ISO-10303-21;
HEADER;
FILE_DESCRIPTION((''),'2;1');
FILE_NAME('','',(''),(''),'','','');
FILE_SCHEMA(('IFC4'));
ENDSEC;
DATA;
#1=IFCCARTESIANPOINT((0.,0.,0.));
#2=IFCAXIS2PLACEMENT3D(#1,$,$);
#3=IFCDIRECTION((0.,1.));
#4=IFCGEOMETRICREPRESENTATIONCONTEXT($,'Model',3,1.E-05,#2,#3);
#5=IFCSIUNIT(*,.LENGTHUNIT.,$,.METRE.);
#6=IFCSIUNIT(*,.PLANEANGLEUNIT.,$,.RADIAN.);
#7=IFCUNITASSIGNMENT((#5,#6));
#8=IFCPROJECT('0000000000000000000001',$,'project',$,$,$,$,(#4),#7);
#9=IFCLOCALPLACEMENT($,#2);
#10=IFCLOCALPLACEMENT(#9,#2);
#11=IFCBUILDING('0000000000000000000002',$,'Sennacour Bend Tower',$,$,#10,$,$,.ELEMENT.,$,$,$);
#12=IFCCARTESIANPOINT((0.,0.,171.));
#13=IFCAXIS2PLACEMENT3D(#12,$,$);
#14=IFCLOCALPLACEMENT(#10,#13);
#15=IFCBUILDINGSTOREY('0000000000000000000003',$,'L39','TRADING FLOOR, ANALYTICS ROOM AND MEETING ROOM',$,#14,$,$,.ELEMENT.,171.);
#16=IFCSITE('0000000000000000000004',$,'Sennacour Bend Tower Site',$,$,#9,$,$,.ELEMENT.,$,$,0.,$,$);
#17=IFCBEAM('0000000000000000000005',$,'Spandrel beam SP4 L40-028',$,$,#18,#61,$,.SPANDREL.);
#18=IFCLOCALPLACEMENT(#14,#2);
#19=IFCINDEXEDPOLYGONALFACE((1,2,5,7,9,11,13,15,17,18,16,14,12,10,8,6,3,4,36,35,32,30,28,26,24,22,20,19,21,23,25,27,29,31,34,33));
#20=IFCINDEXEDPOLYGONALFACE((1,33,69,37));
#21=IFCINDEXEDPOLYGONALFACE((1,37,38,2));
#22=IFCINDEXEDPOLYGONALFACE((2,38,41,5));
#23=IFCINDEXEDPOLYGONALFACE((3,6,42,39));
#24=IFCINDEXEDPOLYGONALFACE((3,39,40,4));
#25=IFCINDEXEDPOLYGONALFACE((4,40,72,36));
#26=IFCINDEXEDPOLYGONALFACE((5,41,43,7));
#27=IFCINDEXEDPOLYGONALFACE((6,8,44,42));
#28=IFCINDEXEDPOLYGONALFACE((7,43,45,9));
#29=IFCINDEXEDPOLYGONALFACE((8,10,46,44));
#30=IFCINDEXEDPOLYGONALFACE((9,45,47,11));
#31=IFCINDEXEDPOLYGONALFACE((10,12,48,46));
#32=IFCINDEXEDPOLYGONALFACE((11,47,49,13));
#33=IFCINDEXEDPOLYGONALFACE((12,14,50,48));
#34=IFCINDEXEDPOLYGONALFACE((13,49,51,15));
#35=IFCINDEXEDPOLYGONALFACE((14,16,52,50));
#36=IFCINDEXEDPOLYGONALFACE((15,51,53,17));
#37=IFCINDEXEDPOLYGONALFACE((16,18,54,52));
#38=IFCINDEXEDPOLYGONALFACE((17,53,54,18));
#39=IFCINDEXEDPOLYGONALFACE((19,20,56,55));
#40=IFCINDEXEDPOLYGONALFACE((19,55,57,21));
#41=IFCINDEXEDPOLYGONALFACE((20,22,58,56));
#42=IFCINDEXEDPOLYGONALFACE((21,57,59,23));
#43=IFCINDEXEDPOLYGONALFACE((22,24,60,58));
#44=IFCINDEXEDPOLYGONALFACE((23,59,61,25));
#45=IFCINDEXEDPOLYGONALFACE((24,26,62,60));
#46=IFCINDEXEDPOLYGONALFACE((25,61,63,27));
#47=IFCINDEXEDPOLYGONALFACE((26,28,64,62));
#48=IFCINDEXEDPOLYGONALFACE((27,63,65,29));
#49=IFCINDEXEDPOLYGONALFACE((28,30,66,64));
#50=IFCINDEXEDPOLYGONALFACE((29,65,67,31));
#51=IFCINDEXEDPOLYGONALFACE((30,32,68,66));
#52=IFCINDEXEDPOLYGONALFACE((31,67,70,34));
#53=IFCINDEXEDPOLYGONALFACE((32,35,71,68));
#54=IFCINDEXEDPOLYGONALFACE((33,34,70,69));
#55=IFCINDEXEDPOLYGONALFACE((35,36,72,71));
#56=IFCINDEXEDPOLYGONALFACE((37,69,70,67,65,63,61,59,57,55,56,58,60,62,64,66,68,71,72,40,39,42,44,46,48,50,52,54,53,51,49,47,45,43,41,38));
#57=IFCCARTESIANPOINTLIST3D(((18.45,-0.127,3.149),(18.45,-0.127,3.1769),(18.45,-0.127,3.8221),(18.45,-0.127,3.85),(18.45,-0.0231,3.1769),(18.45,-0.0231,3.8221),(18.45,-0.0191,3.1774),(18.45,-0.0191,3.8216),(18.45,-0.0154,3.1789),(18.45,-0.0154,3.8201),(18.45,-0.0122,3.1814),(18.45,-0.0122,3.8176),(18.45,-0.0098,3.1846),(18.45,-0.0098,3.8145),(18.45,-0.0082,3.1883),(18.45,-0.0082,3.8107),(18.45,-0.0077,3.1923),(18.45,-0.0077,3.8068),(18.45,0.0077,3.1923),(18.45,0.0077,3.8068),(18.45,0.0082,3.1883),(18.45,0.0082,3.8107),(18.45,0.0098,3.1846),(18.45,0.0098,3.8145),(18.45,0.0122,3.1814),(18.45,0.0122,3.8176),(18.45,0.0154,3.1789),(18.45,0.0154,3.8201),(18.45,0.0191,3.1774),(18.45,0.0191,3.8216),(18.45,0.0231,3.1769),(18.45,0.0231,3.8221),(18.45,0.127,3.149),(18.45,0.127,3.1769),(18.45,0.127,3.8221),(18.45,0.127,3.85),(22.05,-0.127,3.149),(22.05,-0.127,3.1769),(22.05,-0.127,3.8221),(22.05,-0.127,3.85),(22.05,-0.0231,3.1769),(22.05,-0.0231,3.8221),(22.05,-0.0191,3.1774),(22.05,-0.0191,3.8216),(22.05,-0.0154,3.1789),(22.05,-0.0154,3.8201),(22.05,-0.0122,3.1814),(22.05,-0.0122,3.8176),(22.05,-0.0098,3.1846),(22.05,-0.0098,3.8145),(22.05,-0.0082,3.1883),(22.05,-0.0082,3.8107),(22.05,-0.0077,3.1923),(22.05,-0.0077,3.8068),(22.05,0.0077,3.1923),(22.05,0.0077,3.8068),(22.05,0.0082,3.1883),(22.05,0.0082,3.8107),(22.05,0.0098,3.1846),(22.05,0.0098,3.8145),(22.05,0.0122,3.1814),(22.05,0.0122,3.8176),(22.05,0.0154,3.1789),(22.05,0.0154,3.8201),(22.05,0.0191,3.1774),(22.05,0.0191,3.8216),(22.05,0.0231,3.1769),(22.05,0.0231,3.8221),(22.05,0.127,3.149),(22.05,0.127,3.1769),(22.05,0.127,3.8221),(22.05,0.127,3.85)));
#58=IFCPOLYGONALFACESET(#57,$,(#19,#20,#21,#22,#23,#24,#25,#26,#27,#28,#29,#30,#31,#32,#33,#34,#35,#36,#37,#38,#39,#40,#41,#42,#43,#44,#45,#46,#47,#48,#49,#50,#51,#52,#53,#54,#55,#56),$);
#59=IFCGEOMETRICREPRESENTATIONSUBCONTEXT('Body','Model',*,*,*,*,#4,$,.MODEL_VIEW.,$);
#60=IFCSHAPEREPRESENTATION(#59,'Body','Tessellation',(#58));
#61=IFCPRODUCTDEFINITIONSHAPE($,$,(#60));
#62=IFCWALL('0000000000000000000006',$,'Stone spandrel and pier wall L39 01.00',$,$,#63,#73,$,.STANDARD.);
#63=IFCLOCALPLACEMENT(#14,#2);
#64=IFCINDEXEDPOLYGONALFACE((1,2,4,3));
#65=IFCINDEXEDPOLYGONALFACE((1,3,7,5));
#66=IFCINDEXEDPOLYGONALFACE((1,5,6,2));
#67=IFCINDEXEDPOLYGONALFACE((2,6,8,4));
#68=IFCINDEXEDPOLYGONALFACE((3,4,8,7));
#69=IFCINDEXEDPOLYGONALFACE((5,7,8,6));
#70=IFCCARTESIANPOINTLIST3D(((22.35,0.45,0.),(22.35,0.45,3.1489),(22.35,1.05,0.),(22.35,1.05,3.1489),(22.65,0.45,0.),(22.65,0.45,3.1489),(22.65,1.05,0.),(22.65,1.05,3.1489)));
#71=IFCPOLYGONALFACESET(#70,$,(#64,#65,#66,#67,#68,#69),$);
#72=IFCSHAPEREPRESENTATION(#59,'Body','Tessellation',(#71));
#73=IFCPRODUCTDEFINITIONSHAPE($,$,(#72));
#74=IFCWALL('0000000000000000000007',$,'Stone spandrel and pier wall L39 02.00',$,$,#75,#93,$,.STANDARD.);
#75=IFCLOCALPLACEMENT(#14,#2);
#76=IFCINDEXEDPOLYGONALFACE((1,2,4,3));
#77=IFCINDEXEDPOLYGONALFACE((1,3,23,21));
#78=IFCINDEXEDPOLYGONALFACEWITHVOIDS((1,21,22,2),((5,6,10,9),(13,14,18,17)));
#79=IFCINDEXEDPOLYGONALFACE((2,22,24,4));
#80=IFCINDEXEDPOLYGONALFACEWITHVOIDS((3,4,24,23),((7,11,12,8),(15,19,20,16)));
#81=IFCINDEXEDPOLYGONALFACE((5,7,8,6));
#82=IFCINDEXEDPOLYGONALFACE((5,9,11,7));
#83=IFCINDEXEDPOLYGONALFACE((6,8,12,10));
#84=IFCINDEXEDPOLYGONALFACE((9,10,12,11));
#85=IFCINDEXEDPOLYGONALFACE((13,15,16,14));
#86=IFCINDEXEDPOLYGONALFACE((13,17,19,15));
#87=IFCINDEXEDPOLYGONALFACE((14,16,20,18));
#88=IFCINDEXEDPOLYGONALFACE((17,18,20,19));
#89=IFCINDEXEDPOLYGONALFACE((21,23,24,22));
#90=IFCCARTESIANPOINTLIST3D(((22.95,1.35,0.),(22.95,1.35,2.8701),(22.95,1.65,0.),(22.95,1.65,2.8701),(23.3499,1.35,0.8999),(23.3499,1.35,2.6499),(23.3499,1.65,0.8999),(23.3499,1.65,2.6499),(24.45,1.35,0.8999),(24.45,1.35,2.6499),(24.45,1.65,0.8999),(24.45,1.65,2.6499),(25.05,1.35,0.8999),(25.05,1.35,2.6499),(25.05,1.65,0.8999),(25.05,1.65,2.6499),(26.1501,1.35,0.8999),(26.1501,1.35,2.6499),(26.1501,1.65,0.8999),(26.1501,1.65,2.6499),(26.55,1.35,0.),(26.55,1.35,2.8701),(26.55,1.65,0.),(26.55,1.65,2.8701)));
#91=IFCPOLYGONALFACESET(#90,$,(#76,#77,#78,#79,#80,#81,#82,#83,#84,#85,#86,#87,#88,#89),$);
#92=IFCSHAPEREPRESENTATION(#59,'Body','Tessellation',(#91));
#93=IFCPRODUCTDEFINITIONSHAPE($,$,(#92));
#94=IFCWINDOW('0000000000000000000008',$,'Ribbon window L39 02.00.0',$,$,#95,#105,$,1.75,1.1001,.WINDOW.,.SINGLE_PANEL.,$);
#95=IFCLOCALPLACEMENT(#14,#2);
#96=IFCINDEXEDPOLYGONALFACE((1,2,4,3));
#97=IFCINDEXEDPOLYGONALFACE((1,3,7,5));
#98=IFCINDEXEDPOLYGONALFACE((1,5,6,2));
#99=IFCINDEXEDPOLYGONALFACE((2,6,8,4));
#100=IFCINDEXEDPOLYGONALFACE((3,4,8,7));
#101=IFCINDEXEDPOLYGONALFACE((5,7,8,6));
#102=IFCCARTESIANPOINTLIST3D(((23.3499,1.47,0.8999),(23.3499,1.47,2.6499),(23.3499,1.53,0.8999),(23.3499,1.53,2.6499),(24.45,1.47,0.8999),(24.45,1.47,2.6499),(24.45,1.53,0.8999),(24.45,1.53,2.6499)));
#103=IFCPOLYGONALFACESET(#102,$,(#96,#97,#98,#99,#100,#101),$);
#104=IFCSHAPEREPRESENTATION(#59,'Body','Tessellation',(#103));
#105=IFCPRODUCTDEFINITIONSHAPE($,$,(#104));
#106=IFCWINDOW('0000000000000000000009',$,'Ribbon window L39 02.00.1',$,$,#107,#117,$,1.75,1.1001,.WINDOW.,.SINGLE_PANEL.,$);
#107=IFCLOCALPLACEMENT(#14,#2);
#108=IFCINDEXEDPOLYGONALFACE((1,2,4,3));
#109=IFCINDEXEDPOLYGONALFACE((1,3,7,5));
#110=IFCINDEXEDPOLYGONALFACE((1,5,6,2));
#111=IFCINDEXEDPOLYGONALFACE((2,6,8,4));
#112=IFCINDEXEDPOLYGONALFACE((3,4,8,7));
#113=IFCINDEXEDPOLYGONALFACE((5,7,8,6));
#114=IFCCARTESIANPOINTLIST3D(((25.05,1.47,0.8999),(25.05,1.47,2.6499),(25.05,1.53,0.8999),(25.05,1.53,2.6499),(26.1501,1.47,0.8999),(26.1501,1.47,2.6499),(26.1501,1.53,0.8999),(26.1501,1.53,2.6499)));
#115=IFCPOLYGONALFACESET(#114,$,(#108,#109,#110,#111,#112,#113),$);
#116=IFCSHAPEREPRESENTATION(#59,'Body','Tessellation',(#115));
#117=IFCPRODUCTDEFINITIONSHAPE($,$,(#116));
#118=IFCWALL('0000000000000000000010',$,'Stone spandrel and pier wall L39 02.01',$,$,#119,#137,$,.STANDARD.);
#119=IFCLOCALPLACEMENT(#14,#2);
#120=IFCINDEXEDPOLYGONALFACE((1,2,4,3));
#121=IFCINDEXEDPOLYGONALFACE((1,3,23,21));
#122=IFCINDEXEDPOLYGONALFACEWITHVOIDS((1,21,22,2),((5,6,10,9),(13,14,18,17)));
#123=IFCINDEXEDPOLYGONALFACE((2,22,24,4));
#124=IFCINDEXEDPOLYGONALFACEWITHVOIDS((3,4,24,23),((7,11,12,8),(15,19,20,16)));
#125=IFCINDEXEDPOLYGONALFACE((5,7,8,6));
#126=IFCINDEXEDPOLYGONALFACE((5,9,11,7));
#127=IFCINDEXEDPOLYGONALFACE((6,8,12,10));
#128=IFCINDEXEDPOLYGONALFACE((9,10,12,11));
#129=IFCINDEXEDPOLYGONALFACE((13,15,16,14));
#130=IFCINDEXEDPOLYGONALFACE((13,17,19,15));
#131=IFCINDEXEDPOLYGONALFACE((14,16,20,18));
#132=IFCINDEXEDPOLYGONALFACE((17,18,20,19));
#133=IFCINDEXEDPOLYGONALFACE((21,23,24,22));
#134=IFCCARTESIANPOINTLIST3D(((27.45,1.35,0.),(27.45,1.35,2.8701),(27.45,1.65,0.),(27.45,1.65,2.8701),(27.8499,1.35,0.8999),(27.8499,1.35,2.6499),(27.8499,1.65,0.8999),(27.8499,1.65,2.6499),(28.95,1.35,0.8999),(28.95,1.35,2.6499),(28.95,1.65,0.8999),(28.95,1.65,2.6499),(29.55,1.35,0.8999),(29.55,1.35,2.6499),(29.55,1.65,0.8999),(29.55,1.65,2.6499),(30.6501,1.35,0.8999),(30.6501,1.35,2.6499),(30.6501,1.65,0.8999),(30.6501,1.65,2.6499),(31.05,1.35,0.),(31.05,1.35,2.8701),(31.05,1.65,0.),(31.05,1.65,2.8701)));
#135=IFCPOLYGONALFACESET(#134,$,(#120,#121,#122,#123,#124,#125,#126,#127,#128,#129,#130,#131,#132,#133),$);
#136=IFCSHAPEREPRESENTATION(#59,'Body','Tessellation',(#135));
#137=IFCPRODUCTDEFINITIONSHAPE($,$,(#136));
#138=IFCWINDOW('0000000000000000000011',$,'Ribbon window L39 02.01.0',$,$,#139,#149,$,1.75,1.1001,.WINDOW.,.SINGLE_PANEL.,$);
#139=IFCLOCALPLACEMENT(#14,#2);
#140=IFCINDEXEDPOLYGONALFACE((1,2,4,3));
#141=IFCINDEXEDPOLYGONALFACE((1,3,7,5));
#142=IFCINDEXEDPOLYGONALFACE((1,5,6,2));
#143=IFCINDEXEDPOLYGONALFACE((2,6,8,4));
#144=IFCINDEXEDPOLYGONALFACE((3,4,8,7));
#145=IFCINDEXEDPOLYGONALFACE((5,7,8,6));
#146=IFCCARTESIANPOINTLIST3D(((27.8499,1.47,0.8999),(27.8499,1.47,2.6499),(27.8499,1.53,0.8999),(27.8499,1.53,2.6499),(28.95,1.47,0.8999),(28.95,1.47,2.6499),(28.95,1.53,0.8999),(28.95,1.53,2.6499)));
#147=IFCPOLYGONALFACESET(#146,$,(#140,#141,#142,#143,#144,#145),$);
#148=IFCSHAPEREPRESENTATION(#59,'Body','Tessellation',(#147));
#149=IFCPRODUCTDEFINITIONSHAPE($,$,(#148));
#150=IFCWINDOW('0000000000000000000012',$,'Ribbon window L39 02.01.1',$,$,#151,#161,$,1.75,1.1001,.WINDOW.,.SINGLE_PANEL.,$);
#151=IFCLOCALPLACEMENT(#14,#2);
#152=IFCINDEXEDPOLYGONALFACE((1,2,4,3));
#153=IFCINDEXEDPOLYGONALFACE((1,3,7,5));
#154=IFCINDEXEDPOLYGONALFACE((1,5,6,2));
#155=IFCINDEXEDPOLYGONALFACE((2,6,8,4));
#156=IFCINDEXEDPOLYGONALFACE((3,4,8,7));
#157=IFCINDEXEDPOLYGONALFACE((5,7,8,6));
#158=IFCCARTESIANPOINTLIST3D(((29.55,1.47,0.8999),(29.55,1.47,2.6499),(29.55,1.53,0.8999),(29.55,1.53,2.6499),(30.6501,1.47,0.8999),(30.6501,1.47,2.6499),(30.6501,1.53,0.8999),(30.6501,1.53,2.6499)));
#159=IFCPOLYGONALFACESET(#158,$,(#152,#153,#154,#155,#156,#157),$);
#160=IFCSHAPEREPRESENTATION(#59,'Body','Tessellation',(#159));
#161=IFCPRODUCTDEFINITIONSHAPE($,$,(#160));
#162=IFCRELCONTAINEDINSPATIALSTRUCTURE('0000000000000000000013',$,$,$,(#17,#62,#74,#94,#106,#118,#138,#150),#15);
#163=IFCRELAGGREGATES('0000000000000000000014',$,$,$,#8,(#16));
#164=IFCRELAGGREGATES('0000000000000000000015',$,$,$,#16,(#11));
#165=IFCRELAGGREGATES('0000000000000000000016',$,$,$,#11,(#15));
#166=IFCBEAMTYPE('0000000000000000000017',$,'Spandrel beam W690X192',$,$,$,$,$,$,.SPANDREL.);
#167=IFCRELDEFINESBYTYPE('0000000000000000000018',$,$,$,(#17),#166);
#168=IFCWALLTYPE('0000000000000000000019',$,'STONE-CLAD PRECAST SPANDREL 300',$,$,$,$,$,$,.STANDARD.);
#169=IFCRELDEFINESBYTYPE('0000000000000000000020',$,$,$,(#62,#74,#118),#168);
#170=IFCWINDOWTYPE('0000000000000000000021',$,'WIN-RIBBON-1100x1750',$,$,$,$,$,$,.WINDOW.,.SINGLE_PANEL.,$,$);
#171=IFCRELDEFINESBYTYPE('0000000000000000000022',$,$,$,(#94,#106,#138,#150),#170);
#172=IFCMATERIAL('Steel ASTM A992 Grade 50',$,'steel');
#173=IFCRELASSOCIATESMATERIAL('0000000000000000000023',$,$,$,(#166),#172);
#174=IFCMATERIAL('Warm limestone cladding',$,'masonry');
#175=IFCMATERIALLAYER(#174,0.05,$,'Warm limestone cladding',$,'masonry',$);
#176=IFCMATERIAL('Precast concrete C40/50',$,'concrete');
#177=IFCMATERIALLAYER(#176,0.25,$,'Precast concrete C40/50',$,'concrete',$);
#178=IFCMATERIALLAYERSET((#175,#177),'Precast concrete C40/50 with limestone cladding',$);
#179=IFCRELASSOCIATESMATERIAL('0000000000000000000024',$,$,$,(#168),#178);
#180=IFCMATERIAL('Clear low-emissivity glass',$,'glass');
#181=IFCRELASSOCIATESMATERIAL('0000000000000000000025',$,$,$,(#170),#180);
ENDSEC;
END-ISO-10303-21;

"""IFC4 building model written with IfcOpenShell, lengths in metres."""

from ifc_helpers import new_model, si_unit, direction, frame, frame_2d, origin, origin_2d, place, context, subcontext, project, spatial, rectangle, i_section, extrude, material, layer, layer_set, material_profile, profile_set, type_object, element, fill, save


model = new_model("IFC4")

# Units and contexts
model_context = context("Model", 3, precision=1e-05, world=origin(), true_north=direction((0.0, 1.0)))
body_context = subcontext(model_context, "Body", "Model", "MODEL_VIEW")
ifc_project = project(units=[si_unit("LENGTHUNIT", "METRE"), si_unit("PLANEANGLEUNIT", "RADIAN")], contexts=[model_context])

# Site, building, storey
site_placement = place(None, origin())
site = spatial("IfcSite", under=ifc_project, at=site_placement, Name="Sennacour Bend Tower Site", CompositionType="ELEMENT", RefElevation=0.0)
building_placement = place(site_placement, origin())
building = spatial("IfcBuilding", under=site, at=building_placement, Name="Sennacour Bend Tower", CompositionType="ELEMENT")
storey_placement = place(building_placement, frame((0.0, 0.0, 171.0)))
storey = spatial("IfcBuildingStorey", under=building, at=storey_placement, Name="L39", Description="TRADING FLOOR, ANALYTICS ROOM AND MEETING ROOM", CompositionType="ELEMENT", Elevation=171.0)

# Beam
ifc_material_1 = material(Name="Steel ASTM A992 Grade 50", Category="steel")
ifc_material_profile_1 = material_profile(ifc_material_1, i_section(OverallWidth=0.2539, OverallDepth=0.7009, WebThickness=0.0154, FlangeThickness=0.0278, FilletRadius=0.0154, at=origin_2d()), Name="Steel ASTM A992 Grade 50", Category="steel")
ifc_profile_set_1 = profile_set([ifc_material_profile_1], Name="Steel ASTM A992 Grade 50")
beam_type_1 = type_object("IfcBeamType", Name="Spandrel beam W690X192", PredefinedType="SPANDREL", material=ifc_profile_set_1)
for number, where, z_axis, x_axis, name in (
    (1, (22.05, 0.0, 3.4995), (-1.0, 0.0, 0.0), (0.0, -1.0, 0.0), "Spandrel beam SP4 L40-028"),
):
    element("IfcBeam", number, at=place(storey_placement, frame(where, z_axis=z_axis, x_axis=x_axis)), inside=storey, type_object=beam_type_1, Name=name, PredefinedType="SPANDREL", context=body_context, shape_type="SweptSolid", body=[
        extrude(i_section(OverallWidth=0.2539, OverallDepth=0.7009, WebThickness=0.0154, FlangeThickness=0.0278, FilletRadius=0.0154, at=origin_2d()), origin(), (0.0, 0.0, 1.0), 3.6001),
    ])

# Wall
ifc_material_2 = material(Name="Warm limestone cladding", Category="masonry")
ifc_layer_1 = layer(ifc_material_2, 0.05, Name="Warm limestone cladding", Category="masonry")
ifc_material_3 = material(Name="Precast concrete C40/50", Category="concrete")
ifc_layer_2 = layer(ifc_material_3, 0.25, Name="Precast concrete C40/50", Category="concrete")
ifc_layer_set = layer_set([ifc_layer_1, ifc_layer_2], Name="Precast concrete C40/50 with limestone cladding")
wall_type = type_object("IfcWallType", Name="STONE-CLAD PRECAST SPANDREL 300", PredefinedType="STANDARD", material=ifc_layer_set)
wall_1_placement = place(storey_placement, frame((22.5, 0.45, 0.0), z_axis=(0.0, 0.0, 1.0), x_axis=(0.0, 1.0, 0.0)))
element("IfcWall", 2, at=wall_1_placement, inside=storey, type_object=wall_type, Name="Stone spandrel and pier wall L39 01.00", PredefinedType="STANDARD", context=body_context, shape_type="SweptSolid", body=[
    extrude(rectangle(XDim=0.6001, YDim=0.3, at=frame_2d((0.3, 0.0))), origin(), (0.0, 0.0, 1.0), 3.1489),
])

# Walls, openings, windows
wall_2_placement = place(storey_placement, frame((22.95, 1.5, 0.0), z_axis=(0.0, 0.0, 1.0), x_axis=(1.0, 0.0, 0.0)))
wall_2 = element("IfcWall", 3, at=wall_2_placement, inside=storey, type_object=wall_type, Name="Stone spandrel and pier wall L39 02.00", PredefinedType="STANDARD", context=body_context, shape_type="SweptSolid", body=[
    extrude(rectangle(XDim=3.6001, YDim=0.3, at=frame_2d((1.8, 0.0))), origin(), (0.0, 0.0, 1.0), 2.8701),
])
opening_1_placement = place(wall_2_placement, frame((0.3999, 0.0, 0.8999)))
opening_1 = element("IfcOpeningElement", 4, at=opening_1_placement, cuts=wall_2, PredefinedType="OPENING", context=body_context, shape_type="SweptSolid", body=[
    extrude(rectangle(XDim=1.1001, YDim=1.75, at=frame_2d((0.55, 0.875))), frame((0.0, 0.1602, 0.0), z_axis=(0.0, -1.0, 0.0), x_axis=(1.0, 0.0, 0.0)), (0.0, 0.0, 1.0), 0.3201),
])
opening_2_placement = place(wall_2_placement, frame((2.1001, 0.0, 0.8999)))
opening_2 = element("IfcOpeningElement", 5, at=opening_2_placement, cuts=wall_2, PredefinedType="OPENING", context=body_context, shape_type="SweptSolid", body=[
    extrude(rectangle(XDim=1.1001, YDim=1.75, at=frame_2d((0.55, 0.875))), frame((0.0, 0.1602, 0.0), z_axis=(0.0, -1.0, 0.0), x_axis=(1.0, 0.0, 0.0)), (0.0, 0.0, 1.0), 0.3201),
])
ifc_material_4 = material(Name="Clear low-emissivity glass", Category="glass")
window_type = type_object("IfcWindowType", Name="WIN-RIBBON-1100x1750", PartitioningType="SINGLE_PANEL", PredefinedType="WINDOW", material=ifc_material_4)
window_1_placement = place(opening_1_placement, origin())
window_1 = element("IfcWindow", 6, at=window_1_placement, inside=storey, type_object=window_type, Name="Ribbon window L39 02.00.0", OverallHeight=1.75, OverallWidth=1.1001, PartitioningType="SINGLE_PANEL", PredefinedType="WINDOW", context=body_context, shape_type="SweptSolid", body=[
    extrude(rectangle(XDim=1.1001, YDim=1.75, at=frame_2d((0.55, 0.875))), frame((0.0, 0.03, 0.0), z_axis=(0.0, -1.0, 0.0), x_axis=(1.0, 0.0, 0.0)), (0.0, 0.0, 1.0), 0.0601),
])
fill(opening_1, window_1)
window_2_placement = place(opening_2_placement, origin())
window_2 = element("IfcWindow", 7, at=window_2_placement, inside=storey, type_object=window_type, Name="Ribbon window L39 02.00.1", OverallHeight=1.75, OverallWidth=1.1001, PartitioningType="SINGLE_PANEL", PredefinedType="WINDOW", context=body_context, shape_type="SweptSolid", body=[
    extrude(rectangle(XDim=1.1001, YDim=1.75, at=frame_2d((0.55, 0.875))), frame((0.0, 0.03, 0.0), z_axis=(0.0, -1.0, 0.0), x_axis=(1.0, 0.0, 0.0)), (0.0, 0.0, 1.0), 0.0601),
])
fill(opening_2, window_2)
wall_3_placement = place(storey_placement, frame((27.45, 1.5, 0.0), z_axis=(0.0, 0.0, 1.0), x_axis=(1.0, 0.0, 0.0)))
wall_3 = element("IfcWall", 8, at=wall_3_placement, inside=storey, type_object=wall_type, Name="Stone spandrel and pier wall L39 02.01", PredefinedType="STANDARD", context=body_context, shape_type="SweptSolid", body=[
    extrude(rectangle(XDim=3.6001, YDim=0.3, at=frame_2d((1.8, 0.0))), origin(), (0.0, 0.0, 1.0), 2.8701),
])
opening_3_placement = place(wall_3_placement, frame((0.3999, 0.0, 0.8999)))
opening_3 = element("IfcOpeningElement", 9, at=opening_3_placement, cuts=wall_3, PredefinedType="OPENING", context=body_context, shape_type="SweptSolid", body=[
    extrude(rectangle(XDim=1.1001, YDim=1.75, at=frame_2d((0.55, 0.875))), frame((0.0, 0.1602, 0.0), z_axis=(0.0, -1.0, 0.0), x_axis=(1.0, 0.0, 0.0)), (0.0, 0.0, 1.0), 0.3201),
])
opening_4_placement = place(wall_3_placement, frame((2.1001, 0.0, 0.8999)))
opening_4 = element("IfcOpeningElement", 10, at=opening_4_placement, cuts=wall_3, PredefinedType="OPENING", context=body_context, shape_type="SweptSolid", body=[
    extrude(rectangle(XDim=1.1001, YDim=1.75, at=frame_2d((0.55, 0.875))), frame((0.0, 0.1602, 0.0), z_axis=(0.0, -1.0, 0.0), x_axis=(1.0, 0.0, 0.0)), (0.0, 0.0, 1.0), 0.3201),
])
window_3_placement = place(opening_3_placement, origin())
window_3 = element("IfcWindow", 11, at=window_3_placement, inside=storey, type_object=window_type, Name="Ribbon window L39 02.01.0", OverallHeight=1.75, OverallWidth=1.1001, PartitioningType="SINGLE_PANEL", PredefinedType="WINDOW", context=body_context, shape_type="SweptSolid", body=[
    extrude(rectangle(XDim=1.1001, YDim=1.75, at=frame_2d((0.55, 0.875))), frame((0.0, 0.03, 0.0), z_axis=(0.0, -1.0, 0.0), x_axis=(1.0, 0.0, 0.0)), (0.0, 0.0, 1.0), 0.0601),
])
fill(opening_3, window_3)
window_4_placement = place(opening_4_placement, origin())
window_4 = element("IfcWindow", 12, at=window_4_placement, inside=storey, type_object=window_type, Name="Ribbon window L39 02.01.1", OverallHeight=1.75, OverallWidth=1.1001, PartitioningType="SINGLE_PANEL", PredefinedType="WINDOW", context=body_context, shape_type="SweptSolid", body=[
    extrude(rectangle(XDim=1.1001, YDim=1.75, at=frame_2d((0.55, 0.875))), frame((0.0, 0.03, 0.0), z_axis=(0.0, -1.0, 0.0), x_axis=(1.0, 0.0, 0.0)), (0.0, 0.0, 1.0), 0.0601),
])
fill(opening_4, window_4)

save(model, "model.ifc")
